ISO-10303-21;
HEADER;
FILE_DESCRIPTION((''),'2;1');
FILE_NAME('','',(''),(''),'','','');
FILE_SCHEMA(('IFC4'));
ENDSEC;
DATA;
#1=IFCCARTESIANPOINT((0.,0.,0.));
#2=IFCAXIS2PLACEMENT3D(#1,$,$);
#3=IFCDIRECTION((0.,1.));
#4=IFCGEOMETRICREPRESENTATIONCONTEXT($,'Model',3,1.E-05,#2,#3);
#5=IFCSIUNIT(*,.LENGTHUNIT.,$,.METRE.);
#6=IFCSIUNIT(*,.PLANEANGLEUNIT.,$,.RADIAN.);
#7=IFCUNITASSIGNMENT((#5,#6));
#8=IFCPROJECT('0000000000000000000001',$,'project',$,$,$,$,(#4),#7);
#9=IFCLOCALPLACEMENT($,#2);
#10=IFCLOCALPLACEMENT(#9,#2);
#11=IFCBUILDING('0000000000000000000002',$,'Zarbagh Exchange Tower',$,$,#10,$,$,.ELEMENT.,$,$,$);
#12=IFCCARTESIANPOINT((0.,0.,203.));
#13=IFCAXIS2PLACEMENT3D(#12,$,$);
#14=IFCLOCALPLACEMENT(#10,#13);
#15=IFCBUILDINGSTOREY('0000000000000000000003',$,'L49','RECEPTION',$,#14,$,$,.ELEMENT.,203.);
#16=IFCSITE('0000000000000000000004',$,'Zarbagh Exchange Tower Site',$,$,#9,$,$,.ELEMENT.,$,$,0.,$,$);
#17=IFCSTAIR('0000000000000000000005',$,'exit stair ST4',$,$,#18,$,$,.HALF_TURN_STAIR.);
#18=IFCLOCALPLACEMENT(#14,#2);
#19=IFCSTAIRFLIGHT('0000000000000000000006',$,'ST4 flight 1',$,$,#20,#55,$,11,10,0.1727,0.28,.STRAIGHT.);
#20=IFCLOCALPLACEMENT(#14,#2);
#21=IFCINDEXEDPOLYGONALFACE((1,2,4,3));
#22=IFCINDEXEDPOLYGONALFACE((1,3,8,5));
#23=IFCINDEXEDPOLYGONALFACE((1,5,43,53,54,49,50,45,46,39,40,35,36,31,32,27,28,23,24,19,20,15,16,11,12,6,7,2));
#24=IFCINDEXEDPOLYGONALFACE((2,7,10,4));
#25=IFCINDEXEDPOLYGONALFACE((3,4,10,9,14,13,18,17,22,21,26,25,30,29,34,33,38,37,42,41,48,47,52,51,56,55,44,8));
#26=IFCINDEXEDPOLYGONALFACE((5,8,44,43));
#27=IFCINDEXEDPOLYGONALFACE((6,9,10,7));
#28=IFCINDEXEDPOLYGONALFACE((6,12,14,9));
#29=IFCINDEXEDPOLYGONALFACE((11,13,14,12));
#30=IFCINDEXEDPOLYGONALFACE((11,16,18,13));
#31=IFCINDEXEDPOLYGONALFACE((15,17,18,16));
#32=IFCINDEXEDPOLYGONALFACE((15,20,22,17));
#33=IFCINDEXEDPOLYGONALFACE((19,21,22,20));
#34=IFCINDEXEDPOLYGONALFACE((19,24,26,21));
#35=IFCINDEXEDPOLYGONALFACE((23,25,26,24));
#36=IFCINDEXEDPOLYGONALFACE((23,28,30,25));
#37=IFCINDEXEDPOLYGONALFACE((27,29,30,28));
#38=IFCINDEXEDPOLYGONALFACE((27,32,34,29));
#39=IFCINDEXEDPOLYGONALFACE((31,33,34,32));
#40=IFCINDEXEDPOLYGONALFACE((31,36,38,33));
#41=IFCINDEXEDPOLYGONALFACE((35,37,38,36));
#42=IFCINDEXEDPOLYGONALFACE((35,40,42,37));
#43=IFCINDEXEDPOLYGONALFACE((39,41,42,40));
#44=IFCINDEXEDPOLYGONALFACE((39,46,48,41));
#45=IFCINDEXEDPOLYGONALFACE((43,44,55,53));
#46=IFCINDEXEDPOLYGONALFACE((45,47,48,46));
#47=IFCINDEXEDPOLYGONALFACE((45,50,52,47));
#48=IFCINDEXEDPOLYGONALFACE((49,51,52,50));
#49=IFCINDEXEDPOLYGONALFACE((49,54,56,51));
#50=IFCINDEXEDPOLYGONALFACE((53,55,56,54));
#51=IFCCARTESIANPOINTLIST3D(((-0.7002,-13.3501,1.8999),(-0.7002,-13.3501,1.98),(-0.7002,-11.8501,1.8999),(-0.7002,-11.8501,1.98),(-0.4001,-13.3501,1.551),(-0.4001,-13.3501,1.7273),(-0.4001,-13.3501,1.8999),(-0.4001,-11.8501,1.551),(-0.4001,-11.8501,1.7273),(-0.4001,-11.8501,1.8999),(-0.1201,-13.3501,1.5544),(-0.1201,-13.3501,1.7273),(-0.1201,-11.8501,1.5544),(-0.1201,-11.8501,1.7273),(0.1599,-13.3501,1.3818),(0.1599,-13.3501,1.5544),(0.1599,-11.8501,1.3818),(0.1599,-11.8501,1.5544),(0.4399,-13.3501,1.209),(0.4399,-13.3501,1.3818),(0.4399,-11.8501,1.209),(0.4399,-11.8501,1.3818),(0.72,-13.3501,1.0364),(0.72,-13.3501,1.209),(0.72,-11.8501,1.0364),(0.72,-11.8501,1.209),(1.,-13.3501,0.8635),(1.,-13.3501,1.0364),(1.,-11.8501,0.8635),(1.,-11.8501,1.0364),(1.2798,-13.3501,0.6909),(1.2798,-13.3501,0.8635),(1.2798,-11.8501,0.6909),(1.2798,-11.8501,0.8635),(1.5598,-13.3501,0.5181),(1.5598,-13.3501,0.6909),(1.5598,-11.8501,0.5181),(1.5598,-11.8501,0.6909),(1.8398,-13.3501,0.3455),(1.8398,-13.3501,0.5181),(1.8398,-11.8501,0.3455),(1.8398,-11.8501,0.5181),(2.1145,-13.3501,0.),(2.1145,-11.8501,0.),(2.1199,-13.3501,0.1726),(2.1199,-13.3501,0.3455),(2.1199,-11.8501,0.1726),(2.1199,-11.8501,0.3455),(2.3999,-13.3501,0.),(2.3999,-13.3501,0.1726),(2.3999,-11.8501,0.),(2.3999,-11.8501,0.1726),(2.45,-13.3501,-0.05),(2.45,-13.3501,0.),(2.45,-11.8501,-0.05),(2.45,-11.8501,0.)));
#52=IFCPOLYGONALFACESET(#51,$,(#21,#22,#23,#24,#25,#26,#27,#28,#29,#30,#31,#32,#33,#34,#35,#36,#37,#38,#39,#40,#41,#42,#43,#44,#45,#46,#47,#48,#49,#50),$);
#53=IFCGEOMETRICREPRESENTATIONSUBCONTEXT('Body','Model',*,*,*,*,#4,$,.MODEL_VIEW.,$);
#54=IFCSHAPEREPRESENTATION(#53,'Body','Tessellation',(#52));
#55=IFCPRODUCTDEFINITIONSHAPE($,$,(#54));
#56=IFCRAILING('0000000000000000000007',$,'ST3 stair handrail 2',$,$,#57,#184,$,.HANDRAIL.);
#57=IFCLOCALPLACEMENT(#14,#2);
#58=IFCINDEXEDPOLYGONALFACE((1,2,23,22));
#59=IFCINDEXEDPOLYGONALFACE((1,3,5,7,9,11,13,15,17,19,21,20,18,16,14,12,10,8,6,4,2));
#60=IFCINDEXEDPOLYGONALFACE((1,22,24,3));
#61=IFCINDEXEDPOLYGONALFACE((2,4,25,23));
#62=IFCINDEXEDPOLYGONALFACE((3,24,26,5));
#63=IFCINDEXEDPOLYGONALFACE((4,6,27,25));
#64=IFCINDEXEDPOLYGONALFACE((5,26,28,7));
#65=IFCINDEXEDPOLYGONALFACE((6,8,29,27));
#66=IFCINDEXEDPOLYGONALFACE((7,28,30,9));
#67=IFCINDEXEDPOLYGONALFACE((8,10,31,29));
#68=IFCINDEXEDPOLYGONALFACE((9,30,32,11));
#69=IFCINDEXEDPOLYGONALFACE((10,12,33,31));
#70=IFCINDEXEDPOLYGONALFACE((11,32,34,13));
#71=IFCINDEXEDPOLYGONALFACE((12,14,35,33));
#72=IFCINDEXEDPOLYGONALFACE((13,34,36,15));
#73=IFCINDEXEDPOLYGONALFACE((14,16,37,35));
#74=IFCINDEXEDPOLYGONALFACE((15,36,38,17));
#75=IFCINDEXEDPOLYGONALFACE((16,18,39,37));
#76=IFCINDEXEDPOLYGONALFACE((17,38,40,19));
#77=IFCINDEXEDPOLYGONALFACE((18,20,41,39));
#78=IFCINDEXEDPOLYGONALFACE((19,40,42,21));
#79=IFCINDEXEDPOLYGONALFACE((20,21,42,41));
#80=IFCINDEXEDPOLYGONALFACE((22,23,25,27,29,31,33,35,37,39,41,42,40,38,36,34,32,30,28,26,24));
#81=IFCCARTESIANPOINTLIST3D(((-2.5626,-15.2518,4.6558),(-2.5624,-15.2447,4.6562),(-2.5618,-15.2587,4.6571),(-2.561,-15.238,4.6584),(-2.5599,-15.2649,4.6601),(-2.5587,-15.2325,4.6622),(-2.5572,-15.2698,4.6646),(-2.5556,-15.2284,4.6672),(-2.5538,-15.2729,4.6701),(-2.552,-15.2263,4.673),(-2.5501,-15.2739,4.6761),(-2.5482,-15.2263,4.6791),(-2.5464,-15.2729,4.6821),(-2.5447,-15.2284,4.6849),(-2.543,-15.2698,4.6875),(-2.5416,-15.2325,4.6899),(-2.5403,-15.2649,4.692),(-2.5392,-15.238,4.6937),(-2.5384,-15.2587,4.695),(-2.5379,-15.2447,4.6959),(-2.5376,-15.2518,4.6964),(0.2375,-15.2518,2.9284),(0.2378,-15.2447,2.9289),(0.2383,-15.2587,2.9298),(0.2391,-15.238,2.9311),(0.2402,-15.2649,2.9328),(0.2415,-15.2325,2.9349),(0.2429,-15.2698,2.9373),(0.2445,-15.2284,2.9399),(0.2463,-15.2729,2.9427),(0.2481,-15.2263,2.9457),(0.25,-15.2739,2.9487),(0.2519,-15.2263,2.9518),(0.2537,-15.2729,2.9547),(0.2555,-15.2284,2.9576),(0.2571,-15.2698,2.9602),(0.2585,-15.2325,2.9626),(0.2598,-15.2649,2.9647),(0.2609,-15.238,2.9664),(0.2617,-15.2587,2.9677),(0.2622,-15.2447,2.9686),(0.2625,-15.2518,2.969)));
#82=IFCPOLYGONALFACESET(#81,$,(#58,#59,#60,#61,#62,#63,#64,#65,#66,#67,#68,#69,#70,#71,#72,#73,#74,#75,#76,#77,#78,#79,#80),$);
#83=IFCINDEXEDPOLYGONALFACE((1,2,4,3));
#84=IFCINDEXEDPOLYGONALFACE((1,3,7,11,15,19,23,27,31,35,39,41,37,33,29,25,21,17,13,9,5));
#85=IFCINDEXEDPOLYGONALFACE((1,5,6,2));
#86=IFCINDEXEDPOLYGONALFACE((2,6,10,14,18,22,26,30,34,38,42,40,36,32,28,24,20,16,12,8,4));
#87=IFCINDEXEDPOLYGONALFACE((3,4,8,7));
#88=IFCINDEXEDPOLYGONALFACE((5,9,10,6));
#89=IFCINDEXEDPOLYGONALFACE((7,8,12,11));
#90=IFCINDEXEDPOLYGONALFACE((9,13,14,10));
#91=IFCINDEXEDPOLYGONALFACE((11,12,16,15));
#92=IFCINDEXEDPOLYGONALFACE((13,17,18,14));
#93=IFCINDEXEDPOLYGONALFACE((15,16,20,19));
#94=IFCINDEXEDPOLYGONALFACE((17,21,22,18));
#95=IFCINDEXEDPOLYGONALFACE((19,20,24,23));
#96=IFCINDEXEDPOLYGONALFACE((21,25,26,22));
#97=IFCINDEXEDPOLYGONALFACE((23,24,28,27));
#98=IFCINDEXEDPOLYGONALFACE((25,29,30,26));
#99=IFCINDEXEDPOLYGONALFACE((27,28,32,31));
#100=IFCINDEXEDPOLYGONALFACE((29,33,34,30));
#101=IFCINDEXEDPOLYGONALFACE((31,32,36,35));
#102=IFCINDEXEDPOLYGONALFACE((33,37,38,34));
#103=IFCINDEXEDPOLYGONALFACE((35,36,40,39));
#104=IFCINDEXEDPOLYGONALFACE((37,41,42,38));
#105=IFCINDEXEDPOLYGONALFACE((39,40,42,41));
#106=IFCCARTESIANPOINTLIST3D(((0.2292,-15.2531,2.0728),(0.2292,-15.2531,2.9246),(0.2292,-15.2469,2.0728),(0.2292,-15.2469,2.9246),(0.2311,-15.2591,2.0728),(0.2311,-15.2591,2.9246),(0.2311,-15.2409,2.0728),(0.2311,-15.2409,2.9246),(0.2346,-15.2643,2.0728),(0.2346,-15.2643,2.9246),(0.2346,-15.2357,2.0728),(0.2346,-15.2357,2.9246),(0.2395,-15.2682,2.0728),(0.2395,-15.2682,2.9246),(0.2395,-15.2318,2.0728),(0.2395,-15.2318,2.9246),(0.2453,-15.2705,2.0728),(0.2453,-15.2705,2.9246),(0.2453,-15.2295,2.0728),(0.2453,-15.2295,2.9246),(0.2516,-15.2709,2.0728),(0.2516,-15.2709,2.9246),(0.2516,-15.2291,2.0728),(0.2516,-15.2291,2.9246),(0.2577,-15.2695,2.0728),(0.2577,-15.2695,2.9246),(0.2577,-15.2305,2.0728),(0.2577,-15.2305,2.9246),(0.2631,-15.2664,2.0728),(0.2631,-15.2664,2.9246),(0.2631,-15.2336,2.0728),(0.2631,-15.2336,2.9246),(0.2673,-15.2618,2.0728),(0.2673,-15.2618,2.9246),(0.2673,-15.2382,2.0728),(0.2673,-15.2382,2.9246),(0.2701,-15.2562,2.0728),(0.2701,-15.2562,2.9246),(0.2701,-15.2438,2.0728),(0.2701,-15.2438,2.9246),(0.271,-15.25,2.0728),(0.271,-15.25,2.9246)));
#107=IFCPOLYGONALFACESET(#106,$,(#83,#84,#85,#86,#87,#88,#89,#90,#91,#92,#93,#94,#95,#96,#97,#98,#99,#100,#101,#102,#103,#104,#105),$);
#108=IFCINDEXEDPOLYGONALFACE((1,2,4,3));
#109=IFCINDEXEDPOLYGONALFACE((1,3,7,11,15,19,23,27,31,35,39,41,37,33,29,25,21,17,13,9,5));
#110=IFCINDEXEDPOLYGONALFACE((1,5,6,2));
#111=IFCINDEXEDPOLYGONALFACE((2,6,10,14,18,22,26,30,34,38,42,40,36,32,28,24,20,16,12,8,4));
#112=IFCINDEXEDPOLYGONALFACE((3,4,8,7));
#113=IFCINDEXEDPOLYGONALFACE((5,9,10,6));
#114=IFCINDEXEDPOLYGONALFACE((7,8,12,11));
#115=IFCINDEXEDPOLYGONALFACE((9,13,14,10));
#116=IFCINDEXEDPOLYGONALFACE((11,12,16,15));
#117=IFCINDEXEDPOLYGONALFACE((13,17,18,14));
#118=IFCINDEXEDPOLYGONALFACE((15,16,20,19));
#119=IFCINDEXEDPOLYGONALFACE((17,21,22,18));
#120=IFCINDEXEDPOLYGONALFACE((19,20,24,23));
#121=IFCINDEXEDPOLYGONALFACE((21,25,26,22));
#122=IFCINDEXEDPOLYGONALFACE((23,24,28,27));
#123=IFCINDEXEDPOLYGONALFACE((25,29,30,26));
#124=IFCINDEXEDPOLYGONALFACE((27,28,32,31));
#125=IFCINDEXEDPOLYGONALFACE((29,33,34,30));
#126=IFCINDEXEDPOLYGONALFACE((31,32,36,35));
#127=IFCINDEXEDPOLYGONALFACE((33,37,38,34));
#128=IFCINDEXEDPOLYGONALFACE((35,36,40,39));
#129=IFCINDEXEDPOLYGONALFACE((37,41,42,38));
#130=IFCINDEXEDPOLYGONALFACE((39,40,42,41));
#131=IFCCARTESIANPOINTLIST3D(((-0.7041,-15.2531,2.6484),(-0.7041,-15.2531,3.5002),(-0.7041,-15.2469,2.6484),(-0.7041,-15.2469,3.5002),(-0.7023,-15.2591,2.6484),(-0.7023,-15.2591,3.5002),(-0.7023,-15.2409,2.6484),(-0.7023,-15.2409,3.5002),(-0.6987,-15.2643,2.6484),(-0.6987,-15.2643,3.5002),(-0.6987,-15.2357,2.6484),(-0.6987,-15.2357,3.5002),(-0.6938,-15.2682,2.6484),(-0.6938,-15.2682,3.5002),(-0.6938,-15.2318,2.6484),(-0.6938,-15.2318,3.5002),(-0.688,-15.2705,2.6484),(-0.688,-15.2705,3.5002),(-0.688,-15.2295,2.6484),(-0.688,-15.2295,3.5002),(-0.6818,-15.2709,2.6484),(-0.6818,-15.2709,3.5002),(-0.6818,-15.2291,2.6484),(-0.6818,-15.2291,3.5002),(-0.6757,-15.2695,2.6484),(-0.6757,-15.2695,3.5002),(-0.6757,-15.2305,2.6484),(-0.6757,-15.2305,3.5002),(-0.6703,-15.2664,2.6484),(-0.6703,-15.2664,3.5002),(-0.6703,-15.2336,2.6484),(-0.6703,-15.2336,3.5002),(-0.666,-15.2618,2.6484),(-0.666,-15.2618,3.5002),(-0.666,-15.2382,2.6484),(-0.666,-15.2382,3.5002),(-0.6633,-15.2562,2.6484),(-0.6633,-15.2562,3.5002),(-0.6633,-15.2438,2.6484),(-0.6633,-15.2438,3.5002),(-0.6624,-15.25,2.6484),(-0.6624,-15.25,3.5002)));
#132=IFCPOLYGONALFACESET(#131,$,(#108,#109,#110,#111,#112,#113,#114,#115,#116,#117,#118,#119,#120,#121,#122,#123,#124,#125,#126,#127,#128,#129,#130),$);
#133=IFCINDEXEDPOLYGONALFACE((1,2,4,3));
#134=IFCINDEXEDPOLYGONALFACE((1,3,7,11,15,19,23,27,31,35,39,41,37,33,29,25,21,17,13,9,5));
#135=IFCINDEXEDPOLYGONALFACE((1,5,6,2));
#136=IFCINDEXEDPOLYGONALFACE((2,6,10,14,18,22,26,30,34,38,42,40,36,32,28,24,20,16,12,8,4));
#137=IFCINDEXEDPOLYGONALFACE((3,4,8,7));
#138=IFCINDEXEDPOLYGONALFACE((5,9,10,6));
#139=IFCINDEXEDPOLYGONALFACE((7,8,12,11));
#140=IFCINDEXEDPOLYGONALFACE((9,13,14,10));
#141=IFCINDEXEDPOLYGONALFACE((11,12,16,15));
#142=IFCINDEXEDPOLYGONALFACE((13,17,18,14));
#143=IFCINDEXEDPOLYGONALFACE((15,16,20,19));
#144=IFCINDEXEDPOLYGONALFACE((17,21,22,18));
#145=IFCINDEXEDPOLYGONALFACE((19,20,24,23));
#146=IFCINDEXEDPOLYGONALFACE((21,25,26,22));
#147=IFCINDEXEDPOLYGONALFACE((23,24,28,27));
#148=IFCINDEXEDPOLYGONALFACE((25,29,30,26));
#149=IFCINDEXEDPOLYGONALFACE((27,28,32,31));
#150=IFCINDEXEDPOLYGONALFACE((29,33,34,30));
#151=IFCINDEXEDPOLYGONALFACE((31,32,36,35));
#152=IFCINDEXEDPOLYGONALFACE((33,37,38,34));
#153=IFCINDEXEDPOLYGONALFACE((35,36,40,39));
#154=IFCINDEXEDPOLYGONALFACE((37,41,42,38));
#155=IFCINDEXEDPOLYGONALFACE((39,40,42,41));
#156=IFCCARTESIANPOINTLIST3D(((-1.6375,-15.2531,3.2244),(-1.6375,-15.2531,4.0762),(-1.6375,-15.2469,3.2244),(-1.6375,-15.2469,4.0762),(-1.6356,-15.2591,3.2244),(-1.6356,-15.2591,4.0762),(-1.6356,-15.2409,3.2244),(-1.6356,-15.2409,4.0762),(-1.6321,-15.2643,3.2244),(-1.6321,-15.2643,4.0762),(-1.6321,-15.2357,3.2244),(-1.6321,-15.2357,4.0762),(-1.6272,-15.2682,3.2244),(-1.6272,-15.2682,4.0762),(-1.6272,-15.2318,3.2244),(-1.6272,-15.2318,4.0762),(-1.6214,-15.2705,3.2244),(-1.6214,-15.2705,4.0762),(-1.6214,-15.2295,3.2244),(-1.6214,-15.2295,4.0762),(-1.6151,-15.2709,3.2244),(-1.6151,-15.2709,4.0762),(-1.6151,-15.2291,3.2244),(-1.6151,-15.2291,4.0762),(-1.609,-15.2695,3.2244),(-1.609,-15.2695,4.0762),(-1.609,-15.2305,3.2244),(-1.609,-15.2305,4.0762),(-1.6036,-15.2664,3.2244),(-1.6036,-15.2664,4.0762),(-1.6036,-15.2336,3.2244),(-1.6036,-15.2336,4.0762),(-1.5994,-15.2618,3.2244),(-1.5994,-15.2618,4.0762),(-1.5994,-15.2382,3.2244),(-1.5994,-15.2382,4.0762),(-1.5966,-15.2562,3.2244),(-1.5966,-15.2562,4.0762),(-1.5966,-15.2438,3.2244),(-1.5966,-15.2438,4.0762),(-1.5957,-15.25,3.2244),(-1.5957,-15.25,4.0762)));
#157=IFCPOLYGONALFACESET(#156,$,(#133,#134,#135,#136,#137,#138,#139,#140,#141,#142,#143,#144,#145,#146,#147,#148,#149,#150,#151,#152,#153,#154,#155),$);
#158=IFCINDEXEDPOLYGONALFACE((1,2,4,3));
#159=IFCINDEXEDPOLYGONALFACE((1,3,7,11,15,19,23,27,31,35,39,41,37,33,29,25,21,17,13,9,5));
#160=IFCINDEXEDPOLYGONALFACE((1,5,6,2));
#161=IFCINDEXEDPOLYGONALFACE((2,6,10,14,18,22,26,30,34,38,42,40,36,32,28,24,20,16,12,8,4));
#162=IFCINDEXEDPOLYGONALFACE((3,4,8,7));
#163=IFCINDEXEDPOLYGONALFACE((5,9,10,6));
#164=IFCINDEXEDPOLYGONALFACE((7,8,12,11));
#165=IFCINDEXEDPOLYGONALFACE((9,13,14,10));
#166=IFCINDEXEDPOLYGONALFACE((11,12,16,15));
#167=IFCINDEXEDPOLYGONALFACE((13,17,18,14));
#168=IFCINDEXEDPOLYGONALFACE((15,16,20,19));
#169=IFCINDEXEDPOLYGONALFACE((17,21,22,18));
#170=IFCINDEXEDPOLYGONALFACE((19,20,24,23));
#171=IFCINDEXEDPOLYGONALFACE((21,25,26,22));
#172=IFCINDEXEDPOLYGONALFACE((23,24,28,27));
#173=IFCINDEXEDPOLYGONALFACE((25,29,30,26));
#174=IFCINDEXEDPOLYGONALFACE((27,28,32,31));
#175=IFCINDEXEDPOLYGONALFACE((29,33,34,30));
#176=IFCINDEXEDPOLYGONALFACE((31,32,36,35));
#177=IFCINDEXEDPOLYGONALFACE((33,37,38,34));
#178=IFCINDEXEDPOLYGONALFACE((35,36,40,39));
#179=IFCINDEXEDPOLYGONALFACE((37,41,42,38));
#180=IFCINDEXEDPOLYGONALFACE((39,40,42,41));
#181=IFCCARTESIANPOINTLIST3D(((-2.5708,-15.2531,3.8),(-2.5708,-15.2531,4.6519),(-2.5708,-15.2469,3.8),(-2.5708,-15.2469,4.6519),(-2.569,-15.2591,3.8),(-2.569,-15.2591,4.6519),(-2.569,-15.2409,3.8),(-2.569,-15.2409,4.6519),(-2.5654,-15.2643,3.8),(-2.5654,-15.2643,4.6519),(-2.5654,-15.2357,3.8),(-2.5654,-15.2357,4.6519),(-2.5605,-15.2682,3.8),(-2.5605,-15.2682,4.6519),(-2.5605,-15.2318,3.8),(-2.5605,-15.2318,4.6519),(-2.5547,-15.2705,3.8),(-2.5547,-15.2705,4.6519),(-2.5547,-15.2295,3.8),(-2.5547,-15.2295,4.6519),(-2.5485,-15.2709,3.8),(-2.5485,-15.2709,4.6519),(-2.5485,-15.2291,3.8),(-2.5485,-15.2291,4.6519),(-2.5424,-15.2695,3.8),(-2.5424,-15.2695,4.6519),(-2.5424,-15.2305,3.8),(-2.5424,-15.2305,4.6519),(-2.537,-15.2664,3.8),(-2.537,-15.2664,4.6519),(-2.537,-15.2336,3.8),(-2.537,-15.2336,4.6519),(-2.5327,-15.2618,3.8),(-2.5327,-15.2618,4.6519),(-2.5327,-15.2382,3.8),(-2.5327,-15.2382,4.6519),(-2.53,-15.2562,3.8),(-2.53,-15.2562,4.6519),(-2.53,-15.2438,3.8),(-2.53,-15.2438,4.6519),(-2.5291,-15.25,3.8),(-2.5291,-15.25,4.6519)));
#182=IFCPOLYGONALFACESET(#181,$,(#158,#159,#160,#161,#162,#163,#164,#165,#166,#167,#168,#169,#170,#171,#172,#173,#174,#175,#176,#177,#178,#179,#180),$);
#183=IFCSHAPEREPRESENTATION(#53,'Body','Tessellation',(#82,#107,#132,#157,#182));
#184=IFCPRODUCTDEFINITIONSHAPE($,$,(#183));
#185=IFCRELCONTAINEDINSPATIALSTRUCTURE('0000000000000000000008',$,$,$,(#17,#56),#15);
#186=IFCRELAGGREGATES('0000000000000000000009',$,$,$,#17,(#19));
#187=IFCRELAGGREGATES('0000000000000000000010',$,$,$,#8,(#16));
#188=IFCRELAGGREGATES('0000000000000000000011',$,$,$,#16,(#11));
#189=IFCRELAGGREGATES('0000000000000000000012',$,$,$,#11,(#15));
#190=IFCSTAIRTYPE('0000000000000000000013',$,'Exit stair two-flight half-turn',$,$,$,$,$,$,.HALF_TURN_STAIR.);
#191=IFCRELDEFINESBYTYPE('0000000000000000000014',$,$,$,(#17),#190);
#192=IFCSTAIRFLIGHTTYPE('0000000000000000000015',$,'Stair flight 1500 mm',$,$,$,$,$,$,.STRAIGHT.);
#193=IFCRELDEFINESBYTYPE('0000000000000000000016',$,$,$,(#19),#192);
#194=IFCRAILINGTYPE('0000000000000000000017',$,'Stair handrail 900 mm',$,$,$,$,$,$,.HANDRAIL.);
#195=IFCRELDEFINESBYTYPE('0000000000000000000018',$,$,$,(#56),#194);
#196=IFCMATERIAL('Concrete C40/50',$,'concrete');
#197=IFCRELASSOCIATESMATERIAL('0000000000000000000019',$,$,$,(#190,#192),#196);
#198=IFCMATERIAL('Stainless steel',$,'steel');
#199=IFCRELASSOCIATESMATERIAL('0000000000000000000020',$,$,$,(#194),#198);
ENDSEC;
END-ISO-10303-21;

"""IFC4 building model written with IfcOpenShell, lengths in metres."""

from ifc_helpers import new_model, si_unit, direction, frame, origin, origin_2d, place, context, subcontext, project, spatial, polyline, circle, outline, extrude, material, type_object, element, aggregate, save


model = new_model("IFC4")

# Units and contexts
model_context = context("Model", 3, precision=1e-05, world=origin(), true_north=direction((0.0, 1.0)))
body_context = subcontext(model_context, "Body", "Model", "MODEL_VIEW")
ifc_project = project(units=[si_unit("LENGTHUNIT", "METRE"), si_unit("PLANEANGLEUNIT", "RADIAN")], contexts=[model_context])

# Site, building, storey
site_placement = place(None, origin())
site = spatial("IfcSite", under=ifc_project, at=site_placement, Name="Zarbagh Exchange Tower Site", CompositionType="ELEMENT", RefElevation=0.0)
building_placement = place(site_placement, origin())
building = spatial("IfcBuilding", under=site, at=building_placement, Name="Zarbagh Exchange Tower", CompositionType="ELEMENT")
storey_placement = place(building_placement, frame((0.0, 0.0, 203.0)))
storey = spatial("IfcBuildingStorey", under=building, at=storey_placement, Name="L49", Description="RECEPTION", CompositionType="ELEMENT", Elevation=203.0)

# Shared definitions
ifc_material_1 = material(Name="Stainless steel", Category="steel")

# Shared definitions
ifc_material_2 = material(Name="Concrete C40/50", Category="concrete")

# Stair, stair flight
stair_type = type_object("IfcStairType", Name="Exit stair two-flight half-turn", PredefinedType="HALF_TURN_STAIR", material=ifc_material_2)
stair_1_placement = place(storey_placement, origin())
stair_1 = element("IfcStair", 1, at=stair_1_placement, inside=storey, type_object=stair_type, Name="exit stair ST4", PredefinedType="HALF_TURN_STAIR")
stair_flight_type_1 = type_object("IfcStairFlightType", Name="Stair flight 1500 mm", PredefinedType="STRAIGHT", material=ifc_material_2)
stair_flight_1_placement = place(storey_placement, frame((2.3999, -12.6001, 0.0), z_axis=(0.0, 0.0, 1.0), x_axis=(-1.0, 0.0, 0.0)))
stair_flight_1 = element("IfcStairFlight", 2, at=stair_flight_1_placement, type_object=stair_flight_type_1, Name="ST4 flight 1", NumberOfRisers=11, NumberOfTreads=10, PredefinedType="STRAIGHT", RiserHeight=0.1727, TreadLength=0.28, context=body_context, shape_type="SweptSolid", body=[
    extrude(outline(polyline([(-0.05, -0.05), (-0.05, 0.0), (0.0, 0.0), (0.0, 0.1726), (0.28, 0.1726), (0.28, 0.3455), (0.5601, 0.3455), (0.5601, 0.5181), (0.8401, 0.5181), (0.8401, 0.6909), (1.1201, 0.6909), (1.1201, 0.8635), (1.3999, 0.8635), (1.3999, 1.0364), (1.6799, 1.0364), (1.6799, 1.209), (1.96, 1.209), (1.96, 1.3818), (2.24, 1.3818), (2.24, 1.5544), (2.52, 1.5544), (2.52, 1.7273), (2.8, 1.7273), (2.8, 1.8999), (3.1001, 1.98), (3.1001, 1.8999), (2.8, 1.551), (0.2854, 0.0), (-0.05, -0.05)])), frame((0.0, 0.75, 0.0), z_axis=(0.0, -1.0, 0.0), x_axis=(1.0, 0.0, 0.0)), (0.0, 0.0, 1.0), 1.5),
])
aggregate(stair_1, [stair_flight_1])

# Railing
railing_type_1 = type_object("IfcRailingType", Name="Stair handrail 900 mm", PredefinedType="HANDRAIL", material=ifc_material_1)
railing_1_placement = place(storey_placement, frame((0.25, -15.25, 2.0728)))
element("IfcRailing", 3, at=railing_1_placement, inside=storey, type_object=railing_type_1, Name="ST3 stair handrail 2", PredefinedType="HANDRAIL", context=body_context, shape_type="SweptSolid", body=[
    extrude(circle(Radius=0.0239, at=origin_2d()), frame((0.0, 0.0, 0.876), z_axis=(-0.85109, 0.0, 0.52502), x_axis=(0.0, -1.0, 0.0)), (0.0, 0.0, 1.0), 3.29),
    extrude(circle(Radius=0.021, at=origin_2d()), origin(), (0.0, 0.0, 1.0), 0.8518),
    extrude(circle(Radius=0.021, at=origin_2d()), frame((-0.9333, 0.0, 0.5757)), (0.0, 0.0, 1.0), 0.8518),
    extrude(circle(Radius=0.021, at=origin_2d()), frame((-1.8667, 0.0, 1.1516)), (0.0, 0.0, 1.0), 0.8518),
    extrude(circle(Radius=0.021, at=origin_2d()), frame((-2.8, 0.0, 1.7273)), (0.0, 0.0, 1.0), 0.8518),
])

save(model, "model.ifc")
